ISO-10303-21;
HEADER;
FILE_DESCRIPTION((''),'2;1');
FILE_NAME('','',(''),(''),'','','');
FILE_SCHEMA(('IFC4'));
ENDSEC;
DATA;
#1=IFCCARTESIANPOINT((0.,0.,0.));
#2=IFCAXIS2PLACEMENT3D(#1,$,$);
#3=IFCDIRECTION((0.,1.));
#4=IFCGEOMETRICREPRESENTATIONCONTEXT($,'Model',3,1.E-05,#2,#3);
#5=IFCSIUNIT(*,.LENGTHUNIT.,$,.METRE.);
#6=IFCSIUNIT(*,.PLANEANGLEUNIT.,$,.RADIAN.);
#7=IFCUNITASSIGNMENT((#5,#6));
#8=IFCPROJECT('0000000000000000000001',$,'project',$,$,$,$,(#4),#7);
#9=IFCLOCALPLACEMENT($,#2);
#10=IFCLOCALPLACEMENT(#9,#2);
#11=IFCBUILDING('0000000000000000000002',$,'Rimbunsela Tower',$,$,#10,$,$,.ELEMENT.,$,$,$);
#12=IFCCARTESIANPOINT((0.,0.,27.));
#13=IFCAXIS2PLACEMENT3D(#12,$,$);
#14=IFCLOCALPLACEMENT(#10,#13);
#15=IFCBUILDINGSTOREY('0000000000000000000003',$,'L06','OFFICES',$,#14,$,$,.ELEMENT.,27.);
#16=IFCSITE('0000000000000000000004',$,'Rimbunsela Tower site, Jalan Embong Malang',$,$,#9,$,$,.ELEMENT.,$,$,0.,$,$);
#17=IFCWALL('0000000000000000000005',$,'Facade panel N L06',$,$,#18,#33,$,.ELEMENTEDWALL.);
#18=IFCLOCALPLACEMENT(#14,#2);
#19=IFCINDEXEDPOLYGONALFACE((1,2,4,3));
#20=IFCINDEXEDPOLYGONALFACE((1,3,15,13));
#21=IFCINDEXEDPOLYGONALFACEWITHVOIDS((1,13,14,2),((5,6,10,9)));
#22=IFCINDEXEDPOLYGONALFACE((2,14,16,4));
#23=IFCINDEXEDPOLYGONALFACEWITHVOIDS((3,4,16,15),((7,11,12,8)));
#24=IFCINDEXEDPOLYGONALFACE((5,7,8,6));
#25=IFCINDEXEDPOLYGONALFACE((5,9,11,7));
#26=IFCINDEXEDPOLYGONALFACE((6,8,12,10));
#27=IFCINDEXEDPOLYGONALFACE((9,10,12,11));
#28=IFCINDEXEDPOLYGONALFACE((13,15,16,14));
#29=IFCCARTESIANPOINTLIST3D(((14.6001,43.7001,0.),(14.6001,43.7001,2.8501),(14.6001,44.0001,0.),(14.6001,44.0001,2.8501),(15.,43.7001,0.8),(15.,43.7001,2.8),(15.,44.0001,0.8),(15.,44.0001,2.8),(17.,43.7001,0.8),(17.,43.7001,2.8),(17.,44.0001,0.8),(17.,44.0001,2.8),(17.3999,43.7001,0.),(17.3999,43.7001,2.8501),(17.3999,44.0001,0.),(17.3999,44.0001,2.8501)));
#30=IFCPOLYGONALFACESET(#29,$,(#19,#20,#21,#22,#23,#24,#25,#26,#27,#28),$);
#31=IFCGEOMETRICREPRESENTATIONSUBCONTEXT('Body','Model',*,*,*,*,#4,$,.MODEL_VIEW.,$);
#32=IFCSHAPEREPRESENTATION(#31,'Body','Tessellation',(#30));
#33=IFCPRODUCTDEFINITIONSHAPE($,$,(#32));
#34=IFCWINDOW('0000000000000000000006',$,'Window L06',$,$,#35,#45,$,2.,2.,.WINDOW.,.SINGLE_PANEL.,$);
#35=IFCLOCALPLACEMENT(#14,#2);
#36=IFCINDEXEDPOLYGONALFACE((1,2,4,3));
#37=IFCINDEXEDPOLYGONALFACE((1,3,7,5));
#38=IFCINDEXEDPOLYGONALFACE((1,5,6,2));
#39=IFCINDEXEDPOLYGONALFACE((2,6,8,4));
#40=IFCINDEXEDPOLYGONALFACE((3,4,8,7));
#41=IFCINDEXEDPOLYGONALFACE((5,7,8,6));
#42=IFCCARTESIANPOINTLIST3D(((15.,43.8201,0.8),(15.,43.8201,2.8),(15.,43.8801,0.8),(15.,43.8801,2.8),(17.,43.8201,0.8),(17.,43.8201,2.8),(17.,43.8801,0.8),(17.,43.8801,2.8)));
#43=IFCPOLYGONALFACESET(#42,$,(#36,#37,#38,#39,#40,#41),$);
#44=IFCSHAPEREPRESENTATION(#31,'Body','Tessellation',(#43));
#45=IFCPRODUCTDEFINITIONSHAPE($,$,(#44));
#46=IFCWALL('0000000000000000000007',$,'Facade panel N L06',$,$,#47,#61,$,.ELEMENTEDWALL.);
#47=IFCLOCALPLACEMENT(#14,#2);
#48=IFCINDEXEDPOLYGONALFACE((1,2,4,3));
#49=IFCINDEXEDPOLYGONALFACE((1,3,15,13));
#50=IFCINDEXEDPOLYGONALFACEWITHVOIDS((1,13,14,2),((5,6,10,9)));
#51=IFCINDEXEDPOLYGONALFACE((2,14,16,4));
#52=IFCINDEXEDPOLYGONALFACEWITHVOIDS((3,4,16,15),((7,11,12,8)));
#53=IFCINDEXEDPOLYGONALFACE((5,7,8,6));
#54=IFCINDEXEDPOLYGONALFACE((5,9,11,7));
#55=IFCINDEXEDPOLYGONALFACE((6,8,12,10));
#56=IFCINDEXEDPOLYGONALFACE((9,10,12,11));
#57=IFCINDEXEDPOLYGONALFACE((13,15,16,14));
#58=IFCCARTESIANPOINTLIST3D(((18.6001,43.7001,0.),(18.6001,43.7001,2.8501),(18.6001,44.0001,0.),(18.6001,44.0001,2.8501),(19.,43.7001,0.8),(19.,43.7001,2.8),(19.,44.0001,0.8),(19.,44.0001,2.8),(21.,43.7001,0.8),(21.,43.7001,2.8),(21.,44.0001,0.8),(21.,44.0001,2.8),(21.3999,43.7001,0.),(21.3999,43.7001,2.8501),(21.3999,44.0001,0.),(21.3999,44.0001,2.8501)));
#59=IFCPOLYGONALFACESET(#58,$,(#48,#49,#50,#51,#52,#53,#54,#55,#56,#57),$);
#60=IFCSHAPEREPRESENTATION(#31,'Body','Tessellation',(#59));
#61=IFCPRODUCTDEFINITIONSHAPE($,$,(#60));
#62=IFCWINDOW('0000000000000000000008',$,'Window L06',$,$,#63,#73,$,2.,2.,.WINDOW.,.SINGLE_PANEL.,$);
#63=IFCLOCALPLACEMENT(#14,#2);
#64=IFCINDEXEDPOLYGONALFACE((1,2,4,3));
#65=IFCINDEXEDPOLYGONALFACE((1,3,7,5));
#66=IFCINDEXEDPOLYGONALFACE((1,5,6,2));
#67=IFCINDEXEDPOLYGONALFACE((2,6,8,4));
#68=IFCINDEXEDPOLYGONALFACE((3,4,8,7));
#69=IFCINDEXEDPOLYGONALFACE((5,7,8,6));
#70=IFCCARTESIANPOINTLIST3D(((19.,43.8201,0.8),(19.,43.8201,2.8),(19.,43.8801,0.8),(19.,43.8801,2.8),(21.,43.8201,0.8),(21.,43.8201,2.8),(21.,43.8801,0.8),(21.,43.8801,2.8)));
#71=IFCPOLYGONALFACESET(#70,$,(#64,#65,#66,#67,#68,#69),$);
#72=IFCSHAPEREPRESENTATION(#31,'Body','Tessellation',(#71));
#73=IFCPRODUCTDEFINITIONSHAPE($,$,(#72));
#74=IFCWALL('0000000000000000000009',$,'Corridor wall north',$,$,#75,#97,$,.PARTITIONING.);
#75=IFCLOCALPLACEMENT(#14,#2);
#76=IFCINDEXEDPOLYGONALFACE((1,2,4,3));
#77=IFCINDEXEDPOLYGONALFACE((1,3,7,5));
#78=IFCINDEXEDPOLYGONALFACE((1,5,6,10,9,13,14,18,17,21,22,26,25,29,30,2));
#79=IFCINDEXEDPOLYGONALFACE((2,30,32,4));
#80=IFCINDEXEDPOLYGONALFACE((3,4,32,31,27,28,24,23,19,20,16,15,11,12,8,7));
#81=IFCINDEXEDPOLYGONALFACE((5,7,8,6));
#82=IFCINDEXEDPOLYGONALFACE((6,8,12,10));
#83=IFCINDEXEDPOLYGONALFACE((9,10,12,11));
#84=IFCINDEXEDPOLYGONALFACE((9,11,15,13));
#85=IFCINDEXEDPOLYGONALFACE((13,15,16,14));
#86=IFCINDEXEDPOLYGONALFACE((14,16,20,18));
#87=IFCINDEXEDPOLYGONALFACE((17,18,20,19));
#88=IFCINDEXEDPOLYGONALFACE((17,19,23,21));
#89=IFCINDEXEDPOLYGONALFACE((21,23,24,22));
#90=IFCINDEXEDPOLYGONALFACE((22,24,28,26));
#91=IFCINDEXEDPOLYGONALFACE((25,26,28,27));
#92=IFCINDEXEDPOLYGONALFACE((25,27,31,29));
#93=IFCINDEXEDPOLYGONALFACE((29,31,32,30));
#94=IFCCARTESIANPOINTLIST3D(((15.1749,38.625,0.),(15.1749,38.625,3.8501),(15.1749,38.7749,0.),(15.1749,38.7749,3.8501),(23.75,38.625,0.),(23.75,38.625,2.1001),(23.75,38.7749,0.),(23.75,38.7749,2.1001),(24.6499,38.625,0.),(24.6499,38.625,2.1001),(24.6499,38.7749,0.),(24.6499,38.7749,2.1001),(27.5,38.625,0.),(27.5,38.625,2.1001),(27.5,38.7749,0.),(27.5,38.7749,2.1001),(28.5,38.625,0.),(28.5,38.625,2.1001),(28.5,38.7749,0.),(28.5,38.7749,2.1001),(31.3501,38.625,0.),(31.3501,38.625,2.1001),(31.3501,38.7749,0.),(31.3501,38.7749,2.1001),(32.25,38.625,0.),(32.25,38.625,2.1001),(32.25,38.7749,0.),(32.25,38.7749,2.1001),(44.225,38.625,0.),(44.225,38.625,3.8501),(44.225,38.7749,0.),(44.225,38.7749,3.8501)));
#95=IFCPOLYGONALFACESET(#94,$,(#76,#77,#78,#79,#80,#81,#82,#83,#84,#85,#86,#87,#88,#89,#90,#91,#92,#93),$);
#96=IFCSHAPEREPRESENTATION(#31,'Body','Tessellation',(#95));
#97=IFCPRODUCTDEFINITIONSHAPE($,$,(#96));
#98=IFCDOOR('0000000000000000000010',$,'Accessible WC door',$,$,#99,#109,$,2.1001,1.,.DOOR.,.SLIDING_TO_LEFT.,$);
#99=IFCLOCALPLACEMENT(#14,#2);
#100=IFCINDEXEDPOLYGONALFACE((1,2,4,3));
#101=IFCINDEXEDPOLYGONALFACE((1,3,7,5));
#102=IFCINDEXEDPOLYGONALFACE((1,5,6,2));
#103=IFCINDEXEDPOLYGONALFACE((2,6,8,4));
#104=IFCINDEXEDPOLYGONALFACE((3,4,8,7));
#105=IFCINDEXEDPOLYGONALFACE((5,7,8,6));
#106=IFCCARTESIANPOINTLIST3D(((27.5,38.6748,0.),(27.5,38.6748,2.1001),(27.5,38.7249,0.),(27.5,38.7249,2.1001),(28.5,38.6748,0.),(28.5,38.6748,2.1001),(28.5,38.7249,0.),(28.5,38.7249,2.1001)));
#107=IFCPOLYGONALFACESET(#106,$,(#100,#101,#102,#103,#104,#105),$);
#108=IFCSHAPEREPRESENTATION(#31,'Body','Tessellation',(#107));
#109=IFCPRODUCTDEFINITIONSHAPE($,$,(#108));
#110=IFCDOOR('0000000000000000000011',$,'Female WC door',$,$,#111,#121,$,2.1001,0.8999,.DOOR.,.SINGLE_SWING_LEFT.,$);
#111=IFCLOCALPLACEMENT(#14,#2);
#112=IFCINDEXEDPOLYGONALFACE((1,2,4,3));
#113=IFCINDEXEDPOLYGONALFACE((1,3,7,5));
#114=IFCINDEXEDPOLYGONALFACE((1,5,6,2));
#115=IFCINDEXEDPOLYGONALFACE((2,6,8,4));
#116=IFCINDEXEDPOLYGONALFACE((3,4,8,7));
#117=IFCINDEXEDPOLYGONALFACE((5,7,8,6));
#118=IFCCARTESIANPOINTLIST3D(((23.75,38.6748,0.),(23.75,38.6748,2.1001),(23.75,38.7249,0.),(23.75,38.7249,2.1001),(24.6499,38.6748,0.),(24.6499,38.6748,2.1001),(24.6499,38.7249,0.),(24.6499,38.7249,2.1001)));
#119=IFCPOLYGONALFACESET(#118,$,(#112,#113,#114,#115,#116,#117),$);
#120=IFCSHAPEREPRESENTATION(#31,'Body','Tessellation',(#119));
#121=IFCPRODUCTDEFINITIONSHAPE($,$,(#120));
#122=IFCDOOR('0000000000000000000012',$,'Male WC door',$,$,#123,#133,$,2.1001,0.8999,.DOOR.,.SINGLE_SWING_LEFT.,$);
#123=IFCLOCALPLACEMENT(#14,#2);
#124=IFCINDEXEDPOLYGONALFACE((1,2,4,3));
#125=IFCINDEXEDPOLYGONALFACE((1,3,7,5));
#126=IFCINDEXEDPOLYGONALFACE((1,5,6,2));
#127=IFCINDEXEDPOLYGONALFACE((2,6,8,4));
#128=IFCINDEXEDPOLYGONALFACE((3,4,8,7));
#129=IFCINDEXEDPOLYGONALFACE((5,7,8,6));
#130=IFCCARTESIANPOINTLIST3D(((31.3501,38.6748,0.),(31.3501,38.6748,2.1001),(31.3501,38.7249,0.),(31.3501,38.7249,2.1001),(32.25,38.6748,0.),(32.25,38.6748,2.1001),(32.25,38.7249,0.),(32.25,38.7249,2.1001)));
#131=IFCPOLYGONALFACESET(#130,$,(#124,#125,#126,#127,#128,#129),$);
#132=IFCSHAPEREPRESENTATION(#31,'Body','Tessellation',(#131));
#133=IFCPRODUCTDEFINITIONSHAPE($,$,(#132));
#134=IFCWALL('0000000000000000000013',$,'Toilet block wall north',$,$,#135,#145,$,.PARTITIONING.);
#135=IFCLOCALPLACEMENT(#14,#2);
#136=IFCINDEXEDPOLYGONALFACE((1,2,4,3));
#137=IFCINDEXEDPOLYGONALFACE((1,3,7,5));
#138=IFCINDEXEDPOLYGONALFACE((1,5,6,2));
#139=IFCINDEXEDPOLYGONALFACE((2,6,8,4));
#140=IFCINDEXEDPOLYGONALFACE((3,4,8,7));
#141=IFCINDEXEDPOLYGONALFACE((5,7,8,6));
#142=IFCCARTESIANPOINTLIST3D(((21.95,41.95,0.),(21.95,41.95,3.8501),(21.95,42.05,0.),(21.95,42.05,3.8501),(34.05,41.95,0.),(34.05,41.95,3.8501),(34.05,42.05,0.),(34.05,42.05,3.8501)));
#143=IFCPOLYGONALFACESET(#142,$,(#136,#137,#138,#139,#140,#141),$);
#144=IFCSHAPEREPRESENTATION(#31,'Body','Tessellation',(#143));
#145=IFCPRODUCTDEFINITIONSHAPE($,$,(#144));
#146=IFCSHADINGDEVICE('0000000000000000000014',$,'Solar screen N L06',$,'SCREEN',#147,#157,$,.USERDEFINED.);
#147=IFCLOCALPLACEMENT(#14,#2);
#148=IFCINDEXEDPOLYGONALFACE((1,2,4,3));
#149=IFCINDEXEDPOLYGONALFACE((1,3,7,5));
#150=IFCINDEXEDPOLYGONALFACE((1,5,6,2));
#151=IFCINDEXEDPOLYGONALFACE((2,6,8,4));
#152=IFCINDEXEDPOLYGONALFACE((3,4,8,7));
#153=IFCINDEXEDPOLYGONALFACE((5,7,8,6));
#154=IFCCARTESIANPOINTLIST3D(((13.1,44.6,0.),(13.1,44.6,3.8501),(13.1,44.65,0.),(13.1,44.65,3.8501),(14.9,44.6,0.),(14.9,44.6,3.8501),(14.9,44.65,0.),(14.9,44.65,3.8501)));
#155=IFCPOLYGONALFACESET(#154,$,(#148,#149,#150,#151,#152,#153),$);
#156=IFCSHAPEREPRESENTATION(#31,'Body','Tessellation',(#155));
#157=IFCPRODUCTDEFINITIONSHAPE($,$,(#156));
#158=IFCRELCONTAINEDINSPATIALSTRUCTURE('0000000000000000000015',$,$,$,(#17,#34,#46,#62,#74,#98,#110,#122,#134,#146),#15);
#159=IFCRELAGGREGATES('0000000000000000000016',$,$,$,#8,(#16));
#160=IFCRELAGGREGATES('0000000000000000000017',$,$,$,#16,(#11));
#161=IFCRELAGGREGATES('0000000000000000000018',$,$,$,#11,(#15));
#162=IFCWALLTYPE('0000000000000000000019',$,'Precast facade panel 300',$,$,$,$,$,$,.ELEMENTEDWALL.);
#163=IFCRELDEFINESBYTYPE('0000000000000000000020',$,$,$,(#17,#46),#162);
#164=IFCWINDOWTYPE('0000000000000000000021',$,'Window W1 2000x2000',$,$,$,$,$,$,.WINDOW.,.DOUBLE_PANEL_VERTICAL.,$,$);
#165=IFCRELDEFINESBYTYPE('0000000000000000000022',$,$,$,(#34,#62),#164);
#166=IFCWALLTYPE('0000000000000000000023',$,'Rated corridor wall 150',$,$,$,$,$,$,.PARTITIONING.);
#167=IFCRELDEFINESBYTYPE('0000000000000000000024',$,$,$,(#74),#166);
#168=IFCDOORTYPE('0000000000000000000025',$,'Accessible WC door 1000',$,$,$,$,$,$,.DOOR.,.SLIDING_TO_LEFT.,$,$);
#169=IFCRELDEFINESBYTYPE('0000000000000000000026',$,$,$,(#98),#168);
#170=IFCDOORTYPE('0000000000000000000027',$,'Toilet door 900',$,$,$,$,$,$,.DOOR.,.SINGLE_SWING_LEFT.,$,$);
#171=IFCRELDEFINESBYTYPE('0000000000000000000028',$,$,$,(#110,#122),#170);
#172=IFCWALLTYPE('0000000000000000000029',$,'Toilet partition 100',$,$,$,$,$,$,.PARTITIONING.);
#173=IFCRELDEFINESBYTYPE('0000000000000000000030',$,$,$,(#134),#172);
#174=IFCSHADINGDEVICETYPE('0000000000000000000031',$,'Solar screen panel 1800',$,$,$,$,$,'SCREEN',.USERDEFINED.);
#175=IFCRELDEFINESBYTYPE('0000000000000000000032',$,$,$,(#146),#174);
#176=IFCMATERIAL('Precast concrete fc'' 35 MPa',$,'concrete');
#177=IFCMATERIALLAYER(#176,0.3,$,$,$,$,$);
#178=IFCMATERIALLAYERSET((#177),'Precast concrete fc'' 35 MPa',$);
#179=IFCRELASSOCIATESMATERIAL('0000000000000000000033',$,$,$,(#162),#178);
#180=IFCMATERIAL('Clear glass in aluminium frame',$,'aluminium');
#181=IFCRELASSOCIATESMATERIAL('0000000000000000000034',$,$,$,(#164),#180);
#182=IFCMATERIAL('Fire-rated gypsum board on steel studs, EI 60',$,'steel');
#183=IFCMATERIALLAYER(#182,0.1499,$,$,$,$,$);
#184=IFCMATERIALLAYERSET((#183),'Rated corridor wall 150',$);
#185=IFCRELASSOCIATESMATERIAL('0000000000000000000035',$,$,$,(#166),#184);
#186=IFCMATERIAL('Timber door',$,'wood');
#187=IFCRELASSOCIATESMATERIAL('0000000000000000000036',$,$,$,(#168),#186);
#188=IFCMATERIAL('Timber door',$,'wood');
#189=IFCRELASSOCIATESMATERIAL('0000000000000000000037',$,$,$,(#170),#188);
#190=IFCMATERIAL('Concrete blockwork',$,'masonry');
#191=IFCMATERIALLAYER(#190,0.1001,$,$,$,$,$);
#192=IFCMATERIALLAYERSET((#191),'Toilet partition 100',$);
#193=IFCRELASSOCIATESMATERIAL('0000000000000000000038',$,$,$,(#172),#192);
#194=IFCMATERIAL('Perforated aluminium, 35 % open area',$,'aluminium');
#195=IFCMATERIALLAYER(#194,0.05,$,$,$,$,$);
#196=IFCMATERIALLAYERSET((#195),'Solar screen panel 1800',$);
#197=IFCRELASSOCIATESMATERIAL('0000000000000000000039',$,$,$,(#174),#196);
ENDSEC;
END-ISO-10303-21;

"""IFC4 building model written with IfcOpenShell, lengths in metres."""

from ifc_helpers import new_model, si_unit, direction, frame, frame_2d, origin, origin_2d, place, context, subcontext, project, spatial, rectangle, extrude, material, layer, layer_set, type_object, element, fill, save


model = new_model("IFC4")

# Units and contexts
model_context = context("Model", 3, precision=1e-05, world=origin(), true_north=direction((0.0, 1.0)))
body_context = subcontext(model_context, "Body", "Model", "MODEL_VIEW")
ifc_project = project(units=[si_unit("LENGTHUNIT", "METRE"), si_unit("PLANEANGLEUNIT", "RADIAN")], contexts=[model_context])

# Site, building, storey
site_placement = place(None, origin())
site = spatial("IfcSite", under=ifc_project, at=site_placement, Name="Rimbunsela Tower site, Jalan Embong Malang", CompositionType="ELEMENT", RefElevation=0.0)
building_placement = place(site_placement, origin())
building = spatial("IfcBuilding", under=site, at=building_placement, Name="Rimbunsela Tower", CompositionType="ELEMENT")
storey_placement = place(building_placement, frame((0.0, 0.0, 27.0)))
storey = spatial("IfcBuildingStorey", under=building, at=storey_placement, Name="L06", Description="OFFICES", CompositionType="ELEMENT", Elevation=27.0)

# Walls, openings, windows
ifc_material_1 = material(Name="Precast concrete fc' 35 MPa", Category="concrete")
ifc_layer_1 = layer(ifc_material_1, 0.3)
ifc_layer_set_1 = layer_set([ifc_layer_1], Name="Precast concrete fc' 35 MPa")
wall_type_1 = type_object("IfcWallType", Name="Precast facade panel 300", PredefinedType="ELEMENTEDWALL", material=ifc_layer_set_1)
wall_1_placement = place(storey_placement, frame((17.3999, 43.8501, 0.0), z_axis=(0.0, 0.0, 1.0), x_axis=(-1.0, 0.0, 0.0)))
wall_1 = element("IfcWall", 1, at=wall_1_placement, inside=storey, type_object=wall_type_1, Name="Facade panel N L06", PredefinedType="ELEMENTEDWALL", context=body_context, shape_type="SweptSolid", body=[
    extrude(rectangle(XDim=2.7998, YDim=0.3, at=frame_2d((1.3999, 0.0))), origin(), (0.0, 0.0, 1.0), 2.8501),
])
opening_1_placement = place(wall_1_placement, frame((0.3999, 0.0, 0.8)))
opening_1 = element("IfcOpeningElement", 2, at=opening_1_placement, cuts=wall_1, PredefinedType="OPENING", context=body_context, shape_type="SweptSolid", body=[
    extrude(rectangle(XDim=2.0, YDim=2.0, at=frame_2d((1.0, 1.0))), frame((0.0, 0.1599, 0.0), z_axis=(0.0, -1.0, 0.0), x_axis=(1.0, 0.0, 0.0)), (0.0, 0.0, 1.0), 0.3201),
])
ifc_material_2 = material(Name="Clear glass in aluminium frame", Category="aluminium")
window_type = type_object("IfcWindowType", Name="Window W1 2000x2000", PartitioningType="DOUBLE_PANEL_VERTICAL", PredefinedType="WINDOW", material=ifc_material_2)
window_1_placement = place(opening_1_placement, origin())
window_1 = element("IfcWindow", 3, at=window_1_placement, inside=storey, type_object=window_type, Name="Window L06", OverallHeight=2.0, OverallWidth=2.0, PartitioningType="SINGLE_PANEL", PredefinedType="WINDOW", context=body_context, shape_type="SweptSolid", body=[
    extrude(rectangle(XDim=2.0, YDim=2.0, at=frame_2d((1.0, 1.0))), frame((0.0, 0.03, 0.0), z_axis=(0.0, -1.0, 0.0), x_axis=(1.0, 0.0, 0.0)), (0.0, 0.0, 1.0), 0.0601),
])
fill(opening_1, window_1)
wall_2_placement = place(storey_placement, frame((21.3999, 43.8501, 0.0), z_axis=(0.0, 0.0, 1.0), x_axis=(-1.0, 0.0, 0.0)))
wall_2 = element("IfcWall", 4, at=wall_2_placement, inside=storey, type_object=wall_type_1, Name="Facade panel N L06", PredefinedType="ELEMENTEDWALL", context=body_context, shape_type="SweptSolid", body=[
    extrude(rectangle(XDim=2.7998, YDim=0.3, at=frame_2d((1.3999, 0.0))), origin(), (0.0, 0.0, 1.0), 2.8501),
])
opening_2_placement = place(wall_2_placement, frame((0.3999, 0.0, 0.8)))
opening_2 = element("IfcOpeningElement", 5, at=opening_2_placement, cuts=wall_2, PredefinedType="OPENING", context=body_context, shape_type="SweptSolid", body=[
    extrude(rectangle(XDim=2.0, YDim=2.0, at=frame_2d((1.0, 1.0))), frame((0.0, 0.1599, 0.0), z_axis=(0.0, -1.0, 0.0), x_axis=(1.0, 0.0, 0.0)), (0.0, 0.0, 1.0), 0.3201),
])
window_2_placement = place(opening_2_placement, origin())
window_2 = element("IfcWindow", 6, at=window_2_placement, inside=storey, type_object=window_type, Name="Window L06", OverallHeight=2.0, OverallWidth=2.0, PartitioningType="SINGLE_PANEL", PredefinedType="WINDOW", context=body_context, shape_type="SweptSolid", body=[
    extrude(rectangle(XDim=2.0, YDim=2.0, at=frame_2d((1.0, 1.0))), frame((0.0, 0.03, 0.0), z_axis=(0.0, -1.0, 0.0), x_axis=(1.0, 0.0, 0.0)), (0.0, 0.0, 1.0), 0.0601),
])
fill(opening_2, window_2)

# Wall, openings, doors
ifc_material_3 = material(Name="Fire-rated gypsum board on steel studs, EI 60", Category="steel")
ifc_layer_2 = layer(ifc_material_3, 0.1499)
ifc_layer_set_2 = layer_set([ifc_layer_2], Name="Rated corridor wall 150")
wall_type_2 = type_object("IfcWallType", Name="Rated corridor wall 150", PredefinedType="PARTITIONING", material=ifc_layer_set_2)
wall_3_placement = place(storey_placement, frame((15.175, 38.7, 0.0), z_axis=(0.0, 0.0, 1.0), x_axis=(1.0, 0.0, 0.0)))
wall_3 = element("IfcWall", 7, at=wall_3_placement, inside=storey, type_object=wall_type_2, Name="Corridor wall north", PredefinedType="PARTITIONING", context=body_context, shape_type="SweptSolid", body=[
    extrude(rectangle(XDim=29.05, YDim=0.1499, at=frame_2d((14.5249, 0.0))), origin(), (0.0, 0.0, 1.0), 3.8501),
])
opening_3_placement = place(wall_3_placement, frame((8.575, 0.0, 0.0)))
opening_3 = element("IfcOpeningElement", 8, at=opening_3_placement, cuts=wall_3, PredefinedType="OPENING", context=body_context, shape_type="SweptSolid", body=[
    extrude(rectangle(XDim=0.8999, YDim=2.1001, at=frame_2d((0.45, 1.05))), frame((0.0, 0.085, 0.0), z_axis=(0.0, -1.0, 0.0), x_axis=(1.0, 0.0, 0.0)), (0.0, 0.0, 1.0), 0.1699),
])
opening_4_placement = place(wall_3_placement, frame((12.325, 0.0, 0.0)))
opening_4 = element("IfcOpeningElement", 9, at=opening_4_placement, cuts=wall_3, PredefinedType="OPENING", context=body_context, shape_type="SweptSolid", body=[
    extrude(rectangle(XDim=1.0, YDim=2.1001, at=frame_2d((0.5, 1.05))), frame((0.0, 0.085, 0.0), z_axis=(0.0, -1.0, 0.0), x_axis=(1.0, 0.0, 0.0)), (0.0, 0.0, 1.0), 0.1699),
])
opening_5_placement = place(wall_3_placement, frame((16.175, 0.0, 0.0)))
opening_5 = element("IfcOpeningElement", 10, at=opening_5_placement, cuts=wall_3, PredefinedType="OPENING", context=body_context, shape_type="SweptSolid", body=[
    extrude(rectangle(XDim=0.8999, YDim=2.1001, at=frame_2d((0.45, 1.05))), frame((0.0, 0.085, 0.0), z_axis=(0.0, -1.0, 0.0), x_axis=(1.0, 0.0, 0.0)), (0.0, 0.0, 1.0), 0.1699),
])
ifc_material_4 = material(Name="Timber door", Category="wood")
door_type_1 = type_object("IfcDoorType", Name="Accessible WC door 1000", OperationType="SLIDING_TO_LEFT", PredefinedType="DOOR", material=ifc_material_4)
door_1_placement = place(opening_4_placement, origin())
door_1 = element("IfcDoor", 11, at=door_1_placement, inside=storey, type_object=door_type_1, Name="Accessible WC door", OperationType="SLIDING_TO_LEFT", OverallHeight=2.1001, OverallWidth=1.0, PredefinedType="DOOR", context=body_context, shape_type="SweptSolid", body=[
    extrude(rectangle(XDim=1.0, YDim=2.1001, at=frame_2d((0.5, 1.05))), frame((0.0, 0.0249, 0.0), z_axis=(0.0, -1.0, 0.0), x_axis=(1.0, 0.0, 0.0)), (0.0, 0.0, 1.0), 0.05),
])
fill(opening_4, door_1)
ifc_material_5 = material(Name="Timber door", Category="wood")
door_type_2 = type_object("IfcDoorType", Name="Toilet door 900", OperationType="SINGLE_SWING_LEFT", PredefinedType="DOOR", material=ifc_material_5)
door_2_placement = place(opening_3_placement, origin())
door_2 = element("IfcDoor", 12, at=door_2_placement, inside=storey, type_object=door_type_2, Name="Female WC door", OperationType="SINGLE_SWING_LEFT", OverallHeight=2.1001, OverallWidth=0.8999, PredefinedType="DOOR", context=body_context, shape_type="SweptSolid", body=[
    extrude(rectangle(XDim=0.8999, YDim=2.1001, at=frame_2d((0.45, 1.05))), frame((0.0, 0.0249, 0.0), z_axis=(0.0, -1.0, 0.0), x_axis=(1.0, 0.0, 0.0)), (0.0, 0.0, 1.0), 0.05),
])
fill(opening_3, door_2)
door_3_placement = place(opening_5_placement, origin())
door_3 = element("IfcDoor", 13, at=door_3_placement, inside=storey, type_object=door_type_2, Name="Male WC door", OperationType="SINGLE_SWING_LEFT", OverallHeight=2.1001, OverallWidth=0.8999, PredefinedType="DOOR", context=body_context, shape_type="SweptSolid", body=[
    extrude(rectangle(XDim=0.8999, YDim=2.1001, at=frame_2d((0.45, 1.05))), frame((0.0, 0.0249, 0.0), z_axis=(0.0, -1.0, 0.0), x_axis=(1.0, 0.0, 0.0)), (0.0, 0.0, 1.0), 0.05),
])
fill(opening_5, door_3)

# Wall
ifc_material_6 = material(Name="Concrete blockwork", Category="masonry")
ifc_layer_3 = layer(ifc_material_6, 0.1001)
ifc_layer_set_3 = layer_set([ifc_layer_3], Name="Toilet partition 100")
wall_type_3 = type_object("IfcWallType", Name="Toilet partition 100", PredefinedType="PARTITIONING", material=ifc_layer_set_3)
wall_4_placement = place(storey_placement, frame((21.95, 42.0, 0.0), z_axis=(0.0, 0.0, 1.0), x_axis=(1.0, 0.0, 0.0)))
element("IfcWall", 14, at=wall_4_placement, inside=storey, type_object=wall_type_3, Name="Toilet block wall north", PredefinedType="PARTITIONING", context=body_context, shape_type="SweptSolid", body=[
    extrude(rectangle(XDim=12.1001, YDim=0.1001, at=frame_2d((6.05, 0.0))), origin(), (0.0, 0.0, 1.0), 3.8501),
])

# Shading device
ifc_material_7 = material(Name="Perforated aluminium, 35 % open area", Category="aluminium")
ifc_layer_4 = layer(ifc_material_7, 0.05)
ifc_layer_set_4 = layer_set([ifc_layer_4], Name="Solar screen panel 1800")
shading_device_type = type_object("IfcShadingDeviceType", Name="Solar screen panel 1800", ElementType="SCREEN", PredefinedType="USERDEFINED", material=ifc_layer_set_4)
for number, where, z_axis, x_axis, name in (
    (15, (14.0, 44.625, 0.0), (0.0, 0.0, 1.0), (1.0, 0.0, 0.0), "Solar screen N L06"),
):
    element("IfcShadingDevice", number, at=place(storey_placement, frame(where, z_axis=z_axis, x_axis=x_axis)), inside=storey, type_object=shading_device_type, Name=name, ObjectType="SCREEN", PredefinedType="USERDEFINED", context=body_context, shape_type="SweptSolid", body=[
        extrude(rectangle(XDim=1.8, YDim=0.05, at=origin_2d()), origin(), (0.0, 0.0, 1.0), 3.8501),
    ])

save(model, "model.ifc")
